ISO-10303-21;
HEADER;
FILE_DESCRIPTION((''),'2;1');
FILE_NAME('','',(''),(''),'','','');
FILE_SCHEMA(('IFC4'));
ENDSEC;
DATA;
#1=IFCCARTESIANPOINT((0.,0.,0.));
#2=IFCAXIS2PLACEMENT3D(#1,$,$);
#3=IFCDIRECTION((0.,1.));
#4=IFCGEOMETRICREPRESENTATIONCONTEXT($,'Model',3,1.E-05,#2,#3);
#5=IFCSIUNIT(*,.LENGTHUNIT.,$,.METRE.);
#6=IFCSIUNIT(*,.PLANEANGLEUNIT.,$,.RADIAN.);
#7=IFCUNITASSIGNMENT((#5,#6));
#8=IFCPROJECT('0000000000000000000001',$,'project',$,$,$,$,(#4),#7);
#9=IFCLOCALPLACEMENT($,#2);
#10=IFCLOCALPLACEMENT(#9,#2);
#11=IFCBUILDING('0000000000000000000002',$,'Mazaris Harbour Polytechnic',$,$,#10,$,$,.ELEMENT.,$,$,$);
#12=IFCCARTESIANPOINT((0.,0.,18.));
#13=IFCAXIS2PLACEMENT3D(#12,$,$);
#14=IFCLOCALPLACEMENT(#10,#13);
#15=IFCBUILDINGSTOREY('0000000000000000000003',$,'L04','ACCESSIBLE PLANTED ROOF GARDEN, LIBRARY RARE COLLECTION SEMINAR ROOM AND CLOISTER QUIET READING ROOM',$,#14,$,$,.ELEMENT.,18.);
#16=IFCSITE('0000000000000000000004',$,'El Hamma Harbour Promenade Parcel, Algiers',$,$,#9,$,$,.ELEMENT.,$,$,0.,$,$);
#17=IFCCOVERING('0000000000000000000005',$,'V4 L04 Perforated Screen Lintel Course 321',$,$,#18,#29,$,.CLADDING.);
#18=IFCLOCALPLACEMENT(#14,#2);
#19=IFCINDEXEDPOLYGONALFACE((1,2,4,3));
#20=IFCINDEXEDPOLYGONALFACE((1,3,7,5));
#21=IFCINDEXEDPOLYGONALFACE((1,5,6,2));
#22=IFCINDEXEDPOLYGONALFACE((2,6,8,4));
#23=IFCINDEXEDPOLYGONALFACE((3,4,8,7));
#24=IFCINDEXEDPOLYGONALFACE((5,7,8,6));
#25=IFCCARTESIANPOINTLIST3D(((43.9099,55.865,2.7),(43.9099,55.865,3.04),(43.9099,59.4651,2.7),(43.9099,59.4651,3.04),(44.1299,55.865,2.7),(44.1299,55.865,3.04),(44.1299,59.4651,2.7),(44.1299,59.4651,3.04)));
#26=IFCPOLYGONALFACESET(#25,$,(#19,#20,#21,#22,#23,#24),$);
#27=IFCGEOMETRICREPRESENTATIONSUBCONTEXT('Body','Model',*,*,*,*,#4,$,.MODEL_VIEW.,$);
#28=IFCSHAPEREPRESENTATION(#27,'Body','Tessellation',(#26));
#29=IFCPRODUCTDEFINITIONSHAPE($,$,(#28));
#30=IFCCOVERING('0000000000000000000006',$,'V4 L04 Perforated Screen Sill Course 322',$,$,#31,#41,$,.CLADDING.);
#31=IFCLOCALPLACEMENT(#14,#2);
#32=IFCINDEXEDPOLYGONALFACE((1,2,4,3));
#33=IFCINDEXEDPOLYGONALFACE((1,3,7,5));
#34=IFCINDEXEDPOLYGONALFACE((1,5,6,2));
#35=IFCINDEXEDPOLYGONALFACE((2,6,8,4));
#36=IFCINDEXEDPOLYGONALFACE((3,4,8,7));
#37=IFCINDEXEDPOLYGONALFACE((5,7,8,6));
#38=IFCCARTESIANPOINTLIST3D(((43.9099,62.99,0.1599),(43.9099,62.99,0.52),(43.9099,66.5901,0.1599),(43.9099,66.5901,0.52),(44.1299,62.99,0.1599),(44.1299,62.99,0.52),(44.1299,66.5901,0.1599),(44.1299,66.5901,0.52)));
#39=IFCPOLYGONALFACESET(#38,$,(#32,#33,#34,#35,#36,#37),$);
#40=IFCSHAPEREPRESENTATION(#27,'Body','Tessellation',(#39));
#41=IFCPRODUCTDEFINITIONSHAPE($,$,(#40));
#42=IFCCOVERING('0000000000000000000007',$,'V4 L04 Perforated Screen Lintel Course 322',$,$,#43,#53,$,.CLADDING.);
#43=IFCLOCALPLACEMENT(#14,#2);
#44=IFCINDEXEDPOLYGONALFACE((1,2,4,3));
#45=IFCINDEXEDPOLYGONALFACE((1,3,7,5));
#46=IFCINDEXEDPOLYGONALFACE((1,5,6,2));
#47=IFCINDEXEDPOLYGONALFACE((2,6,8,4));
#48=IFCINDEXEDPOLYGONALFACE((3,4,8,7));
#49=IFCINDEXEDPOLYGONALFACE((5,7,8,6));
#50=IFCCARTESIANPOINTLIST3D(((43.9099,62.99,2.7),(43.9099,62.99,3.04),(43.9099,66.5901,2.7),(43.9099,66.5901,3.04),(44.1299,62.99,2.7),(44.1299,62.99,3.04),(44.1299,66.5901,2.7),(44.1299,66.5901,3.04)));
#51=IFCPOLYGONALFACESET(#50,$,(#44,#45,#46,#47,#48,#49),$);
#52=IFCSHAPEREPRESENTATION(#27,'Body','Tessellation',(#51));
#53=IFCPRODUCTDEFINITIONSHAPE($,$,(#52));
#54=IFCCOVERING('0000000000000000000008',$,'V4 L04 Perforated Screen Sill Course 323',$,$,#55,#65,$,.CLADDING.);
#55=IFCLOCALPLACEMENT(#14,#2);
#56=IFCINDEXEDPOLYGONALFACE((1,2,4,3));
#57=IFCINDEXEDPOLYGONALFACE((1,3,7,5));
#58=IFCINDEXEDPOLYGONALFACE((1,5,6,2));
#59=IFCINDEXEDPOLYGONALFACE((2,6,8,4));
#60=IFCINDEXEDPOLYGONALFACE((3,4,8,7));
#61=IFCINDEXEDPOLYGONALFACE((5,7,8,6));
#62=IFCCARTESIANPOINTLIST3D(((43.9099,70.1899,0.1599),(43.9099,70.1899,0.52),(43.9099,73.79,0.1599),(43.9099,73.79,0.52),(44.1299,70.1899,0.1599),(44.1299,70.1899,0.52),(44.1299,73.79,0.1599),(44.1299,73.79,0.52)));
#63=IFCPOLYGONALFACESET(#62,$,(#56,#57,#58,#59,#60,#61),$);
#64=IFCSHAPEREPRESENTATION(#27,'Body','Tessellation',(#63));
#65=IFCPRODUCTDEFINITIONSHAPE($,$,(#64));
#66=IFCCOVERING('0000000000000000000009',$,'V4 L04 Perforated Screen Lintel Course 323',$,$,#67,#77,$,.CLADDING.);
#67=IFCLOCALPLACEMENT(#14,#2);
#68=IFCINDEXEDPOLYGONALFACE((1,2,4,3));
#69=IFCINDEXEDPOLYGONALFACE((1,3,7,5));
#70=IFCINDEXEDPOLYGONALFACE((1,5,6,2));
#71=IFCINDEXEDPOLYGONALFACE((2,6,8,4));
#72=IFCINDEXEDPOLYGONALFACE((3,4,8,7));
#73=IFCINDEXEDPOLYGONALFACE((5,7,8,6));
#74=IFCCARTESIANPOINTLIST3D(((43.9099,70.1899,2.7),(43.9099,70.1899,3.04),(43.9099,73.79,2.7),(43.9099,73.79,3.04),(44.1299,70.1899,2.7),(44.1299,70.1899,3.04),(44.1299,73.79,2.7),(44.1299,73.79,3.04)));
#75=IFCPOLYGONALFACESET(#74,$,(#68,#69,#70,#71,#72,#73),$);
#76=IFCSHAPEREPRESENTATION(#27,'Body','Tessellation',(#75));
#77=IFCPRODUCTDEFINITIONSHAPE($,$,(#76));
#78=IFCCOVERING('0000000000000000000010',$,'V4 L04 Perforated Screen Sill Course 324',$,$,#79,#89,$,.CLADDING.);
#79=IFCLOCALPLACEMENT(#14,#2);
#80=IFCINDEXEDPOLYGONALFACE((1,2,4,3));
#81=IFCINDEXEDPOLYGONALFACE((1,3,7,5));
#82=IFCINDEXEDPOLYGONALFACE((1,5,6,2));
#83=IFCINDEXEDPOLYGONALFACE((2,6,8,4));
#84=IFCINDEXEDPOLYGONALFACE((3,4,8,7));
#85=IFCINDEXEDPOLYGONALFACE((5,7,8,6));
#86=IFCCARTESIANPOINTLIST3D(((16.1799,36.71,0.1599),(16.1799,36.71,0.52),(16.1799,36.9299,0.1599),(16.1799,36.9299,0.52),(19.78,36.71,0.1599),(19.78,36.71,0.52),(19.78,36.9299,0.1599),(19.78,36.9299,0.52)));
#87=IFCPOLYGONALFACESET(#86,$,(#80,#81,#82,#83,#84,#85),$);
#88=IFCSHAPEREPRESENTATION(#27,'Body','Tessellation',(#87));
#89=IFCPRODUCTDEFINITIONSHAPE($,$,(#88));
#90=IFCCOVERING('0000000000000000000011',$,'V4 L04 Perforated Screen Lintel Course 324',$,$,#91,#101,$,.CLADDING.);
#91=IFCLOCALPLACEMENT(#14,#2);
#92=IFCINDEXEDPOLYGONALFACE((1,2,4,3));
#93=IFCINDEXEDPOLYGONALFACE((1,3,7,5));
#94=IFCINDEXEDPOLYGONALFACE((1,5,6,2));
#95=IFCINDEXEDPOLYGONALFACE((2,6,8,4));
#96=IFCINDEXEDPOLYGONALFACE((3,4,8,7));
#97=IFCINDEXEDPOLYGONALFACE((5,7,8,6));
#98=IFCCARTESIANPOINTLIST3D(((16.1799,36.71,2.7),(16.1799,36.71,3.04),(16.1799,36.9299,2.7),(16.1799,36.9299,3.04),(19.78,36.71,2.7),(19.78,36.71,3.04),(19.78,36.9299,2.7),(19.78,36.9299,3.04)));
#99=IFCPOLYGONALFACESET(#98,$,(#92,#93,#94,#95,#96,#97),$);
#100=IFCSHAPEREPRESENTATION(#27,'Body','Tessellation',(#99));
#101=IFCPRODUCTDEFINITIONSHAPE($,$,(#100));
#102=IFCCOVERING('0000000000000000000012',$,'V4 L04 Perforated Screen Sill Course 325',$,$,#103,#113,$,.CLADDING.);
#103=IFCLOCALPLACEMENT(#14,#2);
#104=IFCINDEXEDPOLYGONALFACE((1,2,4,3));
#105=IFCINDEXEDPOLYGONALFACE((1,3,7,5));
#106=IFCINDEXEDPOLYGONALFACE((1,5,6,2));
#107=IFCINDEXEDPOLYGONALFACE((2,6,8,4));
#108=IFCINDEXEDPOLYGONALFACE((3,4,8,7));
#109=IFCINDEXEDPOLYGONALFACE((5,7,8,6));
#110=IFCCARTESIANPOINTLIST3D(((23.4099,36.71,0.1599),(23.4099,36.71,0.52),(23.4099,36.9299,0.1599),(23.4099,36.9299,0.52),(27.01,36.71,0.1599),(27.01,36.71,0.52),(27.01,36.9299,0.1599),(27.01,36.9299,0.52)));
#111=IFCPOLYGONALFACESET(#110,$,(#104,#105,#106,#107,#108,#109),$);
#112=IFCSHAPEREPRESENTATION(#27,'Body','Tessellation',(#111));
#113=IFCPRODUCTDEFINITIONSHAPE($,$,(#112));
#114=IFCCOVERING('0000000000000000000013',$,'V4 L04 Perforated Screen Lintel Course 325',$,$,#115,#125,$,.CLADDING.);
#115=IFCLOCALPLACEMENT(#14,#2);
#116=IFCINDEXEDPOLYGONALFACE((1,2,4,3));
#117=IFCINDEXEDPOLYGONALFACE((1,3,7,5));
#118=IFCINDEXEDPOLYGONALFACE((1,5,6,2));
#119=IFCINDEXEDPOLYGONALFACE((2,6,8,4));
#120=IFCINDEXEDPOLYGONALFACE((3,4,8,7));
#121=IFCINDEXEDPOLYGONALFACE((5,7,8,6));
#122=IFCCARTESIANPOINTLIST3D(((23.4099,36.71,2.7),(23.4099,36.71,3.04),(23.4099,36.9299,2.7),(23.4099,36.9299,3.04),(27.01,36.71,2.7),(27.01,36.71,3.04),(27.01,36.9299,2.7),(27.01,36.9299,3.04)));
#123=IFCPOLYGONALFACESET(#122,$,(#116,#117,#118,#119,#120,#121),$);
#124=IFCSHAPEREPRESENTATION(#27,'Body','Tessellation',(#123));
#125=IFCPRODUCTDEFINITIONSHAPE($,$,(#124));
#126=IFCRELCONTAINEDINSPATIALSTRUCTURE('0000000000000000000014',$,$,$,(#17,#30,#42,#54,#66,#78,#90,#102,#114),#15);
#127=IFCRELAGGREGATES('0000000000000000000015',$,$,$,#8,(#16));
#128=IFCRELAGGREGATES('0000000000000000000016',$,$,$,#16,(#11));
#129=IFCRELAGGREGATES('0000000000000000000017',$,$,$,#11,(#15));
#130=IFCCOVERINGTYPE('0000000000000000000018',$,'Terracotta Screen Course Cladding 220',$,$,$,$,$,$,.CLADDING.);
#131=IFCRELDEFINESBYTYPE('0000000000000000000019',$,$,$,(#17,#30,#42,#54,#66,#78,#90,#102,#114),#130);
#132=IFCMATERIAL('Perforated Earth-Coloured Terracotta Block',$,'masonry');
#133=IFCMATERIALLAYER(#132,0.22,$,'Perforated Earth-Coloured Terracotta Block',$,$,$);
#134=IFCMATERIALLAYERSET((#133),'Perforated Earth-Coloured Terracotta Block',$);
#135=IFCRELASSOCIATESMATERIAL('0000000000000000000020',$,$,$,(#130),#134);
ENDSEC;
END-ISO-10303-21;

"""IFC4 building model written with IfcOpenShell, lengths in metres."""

from ifc_helpers import new_model, si_unit, direction, frame, origin, place, context, subcontext, project, spatial, polyline, outline, extrude, material, layer, layer_set, type_object, element, save


model = new_model("IFC4")

# Units and contexts
model_context = context("Model", 3, precision=1e-05, world=origin(), true_north=direction((0.0, 1.0)))
body_context = subcontext(model_context, "Body", "Model", "MODEL_VIEW")
ifc_project = project(units=[si_unit("LENGTHUNIT", "METRE"), si_unit("PLANEANGLEUNIT", "RADIAN")], contexts=[model_context])

# Site, building, storey
site_placement = place(None, origin())
site = spatial("IfcSite", under=ifc_project, at=site_placement, Name="El Hamma Harbour Promenade Parcel, Algiers", CompositionType="ELEMENT", RefElevation=0.0)
building_placement = place(site_placement, origin())
building = spatial("IfcBuilding", under=site, at=building_placement, Name="Mazaris Harbour Polytechnic", CompositionType="ELEMENT")
storey_placement = place(building_placement, frame((0.0, 0.0, 18.0)))
storey = spatial("IfcBuildingStorey", under=building, at=storey_placement, Name="L04", Description="ACCESSIBLE PLANTED ROOF GARDEN, LIBRARY RARE COLLECTION SEMINAR ROOM AND CLOISTER QUIET READING ROOM", CompositionType="ELEMENT", Elevation=18.0)

# Coverings
ifc_material = material(Name="Perforated Earth-Coloured Terracotta Block", Category="masonry")
ifc_layer = layer(ifc_material, 0.22, Name="Perforated Earth-Coloured Terracotta Block")
ifc_layer_set = layer_set([ifc_layer], Name="Perforated Earth-Coloured Terracotta Block")
covering_type = type_object("IfcCoveringType", Name="Terracotta Screen Course Cladding 220", PredefinedType="CLADDING", material=ifc_layer_set)
covering_1_placement = place(storey_placement, frame((0.0, 0.0, 2.7)))
element("IfcCovering", 1, at=covering_1_placement, inside=storey, type_object=covering_type, Name="V4 L04 Perforated Screen Lintel Course 321", PredefinedType="CLADDING", context=body_context, shape_type="SweptSolid", body=[
    extrude(outline(polyline([(43.9099, 59.4651), (43.9099, 55.865), (44.1299, 55.865), (44.1299, 59.4651), (43.9099, 59.4651)])), origin(), (0.0, 0.0, 1.0), 0.3401),
])
covering_2_placement = place(storey_placement, frame((0.0, 0.0, 0.1599)))
element("IfcCovering", 2, at=covering_2_placement, inside=storey, type_object=covering_type, Name="V4 L04 Perforated Screen Sill Course 322", PredefinedType="CLADDING", context=body_context, shape_type="SweptSolid", body=[
    extrude(outline(polyline([(43.9099, 66.5901), (43.9099, 62.99), (44.1299, 62.99), (44.1299, 66.5901), (43.9099, 66.5901)])), origin(), (0.0, 0.0, 1.0), 0.3601),
])
covering_3_placement = place(storey_placement, frame((0.0, 0.0, 2.7)))
element("IfcCovering", 3, at=covering_3_placement, inside=storey, type_object=covering_type, Name="V4 L04 Perforated Screen Lintel Course 322", PredefinedType="CLADDING", context=body_context, shape_type="SweptSolid", body=[
    extrude(outline(polyline([(43.9099, 66.5901), (43.9099, 62.99), (44.1299, 62.99), (44.1299, 66.5901), (43.9099, 66.5901)])), origin(), (0.0, 0.0, 1.0), 0.3401),
])
covering_4_placement = place(storey_placement, frame((0.0, 0.0, 0.1599)))
element("IfcCovering", 4, at=covering_4_placement, inside=storey, type_object=covering_type, Name="V4 L04 Perforated Screen Sill Course 323", PredefinedType="CLADDING", context=body_context, shape_type="SweptSolid", body=[
    extrude(outline(polyline([(43.9099, 73.79), (43.9099, 70.1899), (44.1299, 70.1899), (44.1299, 73.79), (43.9099, 73.79)])), origin(), (0.0, 0.0, 1.0), 0.3601),
])
covering_5_placement = place(storey_placement, frame((0.0, 0.0, 2.7)))
element("IfcCovering", 5, at=covering_5_placement, inside=storey, type_object=covering_type, Name="V4 L04 Perforated Screen Lintel Course 323", PredefinedType="CLADDING", context=body_context, shape_type="SweptSolid", body=[
    extrude(outline(polyline([(43.9099, 73.79), (43.9099, 70.1899), (44.1299, 70.1899), (44.1299, 73.79), (43.9099, 73.79)])), origin(), (0.0, 0.0, 1.0), 0.3401),
])
covering_6_placement = place(storey_placement, frame((0.0, 0.0, 0.1599)))
element("IfcCovering", 6, at=covering_6_placement, inside=storey, type_object=covering_type, Name="V4 L04 Perforated Screen Sill Course 324", PredefinedType="CLADDING", context=body_context, shape_type="SweptSolid", body=[
    extrude(outline(polyline([(16.1799, 36.71), (19.78, 36.71), (19.78, 36.9299), (16.1799, 36.9299), (16.1799, 36.71)])), origin(), (0.0, 0.0, 1.0), 0.3601),
])
covering_7_placement = place(storey_placement, frame((0.0, 0.0, 2.7)))
element("IfcCovering", 7, at=covering_7_placement, inside=storey, type_object=covering_type, Name="V4 L04 Perforated Screen Lintel Course 324", PredefinedType="CLADDING", context=body_context, shape_type="SweptSolid", body=[
    extrude(outline(polyline([(16.1799, 36.71), (19.78, 36.71), (19.78, 36.9299), (16.1799, 36.9299), (16.1799, 36.71)])), origin(), (0.0, 0.0, 1.0), 0.3401),
])
covering_8_placement = place(storey_placement, frame((0.0, 0.0, 0.1599)))
element("IfcCovering", 8, at=covering_8_placement, inside=storey, type_object=covering_type, Name="V4 L04 Perforated Screen Sill Course 325", PredefinedType="CLADDING", context=body_context, shape_type="SweptSolid", body=[
    extrude(outline(polyline([(23.4099, 36.71), (27.01, 36.71), (27.01, 36.9299), (23.4099, 36.9299), (23.4099, 36.71)])), origin(), (0.0, 0.0, 1.0), 0.3601),
])
covering_9_placement = place(storey_placement, frame((0.0, 0.0, 2.7)))
element("IfcCovering", 9, at=covering_9_placement, inside=storey, type_object=covering_type, Name="V4 L04 Perforated Screen Lintel Course 325", PredefinedType="CLADDING", context=body_context, shape_type="SweptSolid", body=[
    extrude(outline(polyline([(23.4099, 36.71), (27.01, 36.71), (27.01, 36.9299), (23.4099, 36.9299), (23.4099, 36.71)])), origin(), (0.0, 0.0, 1.0), 0.3401),
])

save(model, "model.ifc")
